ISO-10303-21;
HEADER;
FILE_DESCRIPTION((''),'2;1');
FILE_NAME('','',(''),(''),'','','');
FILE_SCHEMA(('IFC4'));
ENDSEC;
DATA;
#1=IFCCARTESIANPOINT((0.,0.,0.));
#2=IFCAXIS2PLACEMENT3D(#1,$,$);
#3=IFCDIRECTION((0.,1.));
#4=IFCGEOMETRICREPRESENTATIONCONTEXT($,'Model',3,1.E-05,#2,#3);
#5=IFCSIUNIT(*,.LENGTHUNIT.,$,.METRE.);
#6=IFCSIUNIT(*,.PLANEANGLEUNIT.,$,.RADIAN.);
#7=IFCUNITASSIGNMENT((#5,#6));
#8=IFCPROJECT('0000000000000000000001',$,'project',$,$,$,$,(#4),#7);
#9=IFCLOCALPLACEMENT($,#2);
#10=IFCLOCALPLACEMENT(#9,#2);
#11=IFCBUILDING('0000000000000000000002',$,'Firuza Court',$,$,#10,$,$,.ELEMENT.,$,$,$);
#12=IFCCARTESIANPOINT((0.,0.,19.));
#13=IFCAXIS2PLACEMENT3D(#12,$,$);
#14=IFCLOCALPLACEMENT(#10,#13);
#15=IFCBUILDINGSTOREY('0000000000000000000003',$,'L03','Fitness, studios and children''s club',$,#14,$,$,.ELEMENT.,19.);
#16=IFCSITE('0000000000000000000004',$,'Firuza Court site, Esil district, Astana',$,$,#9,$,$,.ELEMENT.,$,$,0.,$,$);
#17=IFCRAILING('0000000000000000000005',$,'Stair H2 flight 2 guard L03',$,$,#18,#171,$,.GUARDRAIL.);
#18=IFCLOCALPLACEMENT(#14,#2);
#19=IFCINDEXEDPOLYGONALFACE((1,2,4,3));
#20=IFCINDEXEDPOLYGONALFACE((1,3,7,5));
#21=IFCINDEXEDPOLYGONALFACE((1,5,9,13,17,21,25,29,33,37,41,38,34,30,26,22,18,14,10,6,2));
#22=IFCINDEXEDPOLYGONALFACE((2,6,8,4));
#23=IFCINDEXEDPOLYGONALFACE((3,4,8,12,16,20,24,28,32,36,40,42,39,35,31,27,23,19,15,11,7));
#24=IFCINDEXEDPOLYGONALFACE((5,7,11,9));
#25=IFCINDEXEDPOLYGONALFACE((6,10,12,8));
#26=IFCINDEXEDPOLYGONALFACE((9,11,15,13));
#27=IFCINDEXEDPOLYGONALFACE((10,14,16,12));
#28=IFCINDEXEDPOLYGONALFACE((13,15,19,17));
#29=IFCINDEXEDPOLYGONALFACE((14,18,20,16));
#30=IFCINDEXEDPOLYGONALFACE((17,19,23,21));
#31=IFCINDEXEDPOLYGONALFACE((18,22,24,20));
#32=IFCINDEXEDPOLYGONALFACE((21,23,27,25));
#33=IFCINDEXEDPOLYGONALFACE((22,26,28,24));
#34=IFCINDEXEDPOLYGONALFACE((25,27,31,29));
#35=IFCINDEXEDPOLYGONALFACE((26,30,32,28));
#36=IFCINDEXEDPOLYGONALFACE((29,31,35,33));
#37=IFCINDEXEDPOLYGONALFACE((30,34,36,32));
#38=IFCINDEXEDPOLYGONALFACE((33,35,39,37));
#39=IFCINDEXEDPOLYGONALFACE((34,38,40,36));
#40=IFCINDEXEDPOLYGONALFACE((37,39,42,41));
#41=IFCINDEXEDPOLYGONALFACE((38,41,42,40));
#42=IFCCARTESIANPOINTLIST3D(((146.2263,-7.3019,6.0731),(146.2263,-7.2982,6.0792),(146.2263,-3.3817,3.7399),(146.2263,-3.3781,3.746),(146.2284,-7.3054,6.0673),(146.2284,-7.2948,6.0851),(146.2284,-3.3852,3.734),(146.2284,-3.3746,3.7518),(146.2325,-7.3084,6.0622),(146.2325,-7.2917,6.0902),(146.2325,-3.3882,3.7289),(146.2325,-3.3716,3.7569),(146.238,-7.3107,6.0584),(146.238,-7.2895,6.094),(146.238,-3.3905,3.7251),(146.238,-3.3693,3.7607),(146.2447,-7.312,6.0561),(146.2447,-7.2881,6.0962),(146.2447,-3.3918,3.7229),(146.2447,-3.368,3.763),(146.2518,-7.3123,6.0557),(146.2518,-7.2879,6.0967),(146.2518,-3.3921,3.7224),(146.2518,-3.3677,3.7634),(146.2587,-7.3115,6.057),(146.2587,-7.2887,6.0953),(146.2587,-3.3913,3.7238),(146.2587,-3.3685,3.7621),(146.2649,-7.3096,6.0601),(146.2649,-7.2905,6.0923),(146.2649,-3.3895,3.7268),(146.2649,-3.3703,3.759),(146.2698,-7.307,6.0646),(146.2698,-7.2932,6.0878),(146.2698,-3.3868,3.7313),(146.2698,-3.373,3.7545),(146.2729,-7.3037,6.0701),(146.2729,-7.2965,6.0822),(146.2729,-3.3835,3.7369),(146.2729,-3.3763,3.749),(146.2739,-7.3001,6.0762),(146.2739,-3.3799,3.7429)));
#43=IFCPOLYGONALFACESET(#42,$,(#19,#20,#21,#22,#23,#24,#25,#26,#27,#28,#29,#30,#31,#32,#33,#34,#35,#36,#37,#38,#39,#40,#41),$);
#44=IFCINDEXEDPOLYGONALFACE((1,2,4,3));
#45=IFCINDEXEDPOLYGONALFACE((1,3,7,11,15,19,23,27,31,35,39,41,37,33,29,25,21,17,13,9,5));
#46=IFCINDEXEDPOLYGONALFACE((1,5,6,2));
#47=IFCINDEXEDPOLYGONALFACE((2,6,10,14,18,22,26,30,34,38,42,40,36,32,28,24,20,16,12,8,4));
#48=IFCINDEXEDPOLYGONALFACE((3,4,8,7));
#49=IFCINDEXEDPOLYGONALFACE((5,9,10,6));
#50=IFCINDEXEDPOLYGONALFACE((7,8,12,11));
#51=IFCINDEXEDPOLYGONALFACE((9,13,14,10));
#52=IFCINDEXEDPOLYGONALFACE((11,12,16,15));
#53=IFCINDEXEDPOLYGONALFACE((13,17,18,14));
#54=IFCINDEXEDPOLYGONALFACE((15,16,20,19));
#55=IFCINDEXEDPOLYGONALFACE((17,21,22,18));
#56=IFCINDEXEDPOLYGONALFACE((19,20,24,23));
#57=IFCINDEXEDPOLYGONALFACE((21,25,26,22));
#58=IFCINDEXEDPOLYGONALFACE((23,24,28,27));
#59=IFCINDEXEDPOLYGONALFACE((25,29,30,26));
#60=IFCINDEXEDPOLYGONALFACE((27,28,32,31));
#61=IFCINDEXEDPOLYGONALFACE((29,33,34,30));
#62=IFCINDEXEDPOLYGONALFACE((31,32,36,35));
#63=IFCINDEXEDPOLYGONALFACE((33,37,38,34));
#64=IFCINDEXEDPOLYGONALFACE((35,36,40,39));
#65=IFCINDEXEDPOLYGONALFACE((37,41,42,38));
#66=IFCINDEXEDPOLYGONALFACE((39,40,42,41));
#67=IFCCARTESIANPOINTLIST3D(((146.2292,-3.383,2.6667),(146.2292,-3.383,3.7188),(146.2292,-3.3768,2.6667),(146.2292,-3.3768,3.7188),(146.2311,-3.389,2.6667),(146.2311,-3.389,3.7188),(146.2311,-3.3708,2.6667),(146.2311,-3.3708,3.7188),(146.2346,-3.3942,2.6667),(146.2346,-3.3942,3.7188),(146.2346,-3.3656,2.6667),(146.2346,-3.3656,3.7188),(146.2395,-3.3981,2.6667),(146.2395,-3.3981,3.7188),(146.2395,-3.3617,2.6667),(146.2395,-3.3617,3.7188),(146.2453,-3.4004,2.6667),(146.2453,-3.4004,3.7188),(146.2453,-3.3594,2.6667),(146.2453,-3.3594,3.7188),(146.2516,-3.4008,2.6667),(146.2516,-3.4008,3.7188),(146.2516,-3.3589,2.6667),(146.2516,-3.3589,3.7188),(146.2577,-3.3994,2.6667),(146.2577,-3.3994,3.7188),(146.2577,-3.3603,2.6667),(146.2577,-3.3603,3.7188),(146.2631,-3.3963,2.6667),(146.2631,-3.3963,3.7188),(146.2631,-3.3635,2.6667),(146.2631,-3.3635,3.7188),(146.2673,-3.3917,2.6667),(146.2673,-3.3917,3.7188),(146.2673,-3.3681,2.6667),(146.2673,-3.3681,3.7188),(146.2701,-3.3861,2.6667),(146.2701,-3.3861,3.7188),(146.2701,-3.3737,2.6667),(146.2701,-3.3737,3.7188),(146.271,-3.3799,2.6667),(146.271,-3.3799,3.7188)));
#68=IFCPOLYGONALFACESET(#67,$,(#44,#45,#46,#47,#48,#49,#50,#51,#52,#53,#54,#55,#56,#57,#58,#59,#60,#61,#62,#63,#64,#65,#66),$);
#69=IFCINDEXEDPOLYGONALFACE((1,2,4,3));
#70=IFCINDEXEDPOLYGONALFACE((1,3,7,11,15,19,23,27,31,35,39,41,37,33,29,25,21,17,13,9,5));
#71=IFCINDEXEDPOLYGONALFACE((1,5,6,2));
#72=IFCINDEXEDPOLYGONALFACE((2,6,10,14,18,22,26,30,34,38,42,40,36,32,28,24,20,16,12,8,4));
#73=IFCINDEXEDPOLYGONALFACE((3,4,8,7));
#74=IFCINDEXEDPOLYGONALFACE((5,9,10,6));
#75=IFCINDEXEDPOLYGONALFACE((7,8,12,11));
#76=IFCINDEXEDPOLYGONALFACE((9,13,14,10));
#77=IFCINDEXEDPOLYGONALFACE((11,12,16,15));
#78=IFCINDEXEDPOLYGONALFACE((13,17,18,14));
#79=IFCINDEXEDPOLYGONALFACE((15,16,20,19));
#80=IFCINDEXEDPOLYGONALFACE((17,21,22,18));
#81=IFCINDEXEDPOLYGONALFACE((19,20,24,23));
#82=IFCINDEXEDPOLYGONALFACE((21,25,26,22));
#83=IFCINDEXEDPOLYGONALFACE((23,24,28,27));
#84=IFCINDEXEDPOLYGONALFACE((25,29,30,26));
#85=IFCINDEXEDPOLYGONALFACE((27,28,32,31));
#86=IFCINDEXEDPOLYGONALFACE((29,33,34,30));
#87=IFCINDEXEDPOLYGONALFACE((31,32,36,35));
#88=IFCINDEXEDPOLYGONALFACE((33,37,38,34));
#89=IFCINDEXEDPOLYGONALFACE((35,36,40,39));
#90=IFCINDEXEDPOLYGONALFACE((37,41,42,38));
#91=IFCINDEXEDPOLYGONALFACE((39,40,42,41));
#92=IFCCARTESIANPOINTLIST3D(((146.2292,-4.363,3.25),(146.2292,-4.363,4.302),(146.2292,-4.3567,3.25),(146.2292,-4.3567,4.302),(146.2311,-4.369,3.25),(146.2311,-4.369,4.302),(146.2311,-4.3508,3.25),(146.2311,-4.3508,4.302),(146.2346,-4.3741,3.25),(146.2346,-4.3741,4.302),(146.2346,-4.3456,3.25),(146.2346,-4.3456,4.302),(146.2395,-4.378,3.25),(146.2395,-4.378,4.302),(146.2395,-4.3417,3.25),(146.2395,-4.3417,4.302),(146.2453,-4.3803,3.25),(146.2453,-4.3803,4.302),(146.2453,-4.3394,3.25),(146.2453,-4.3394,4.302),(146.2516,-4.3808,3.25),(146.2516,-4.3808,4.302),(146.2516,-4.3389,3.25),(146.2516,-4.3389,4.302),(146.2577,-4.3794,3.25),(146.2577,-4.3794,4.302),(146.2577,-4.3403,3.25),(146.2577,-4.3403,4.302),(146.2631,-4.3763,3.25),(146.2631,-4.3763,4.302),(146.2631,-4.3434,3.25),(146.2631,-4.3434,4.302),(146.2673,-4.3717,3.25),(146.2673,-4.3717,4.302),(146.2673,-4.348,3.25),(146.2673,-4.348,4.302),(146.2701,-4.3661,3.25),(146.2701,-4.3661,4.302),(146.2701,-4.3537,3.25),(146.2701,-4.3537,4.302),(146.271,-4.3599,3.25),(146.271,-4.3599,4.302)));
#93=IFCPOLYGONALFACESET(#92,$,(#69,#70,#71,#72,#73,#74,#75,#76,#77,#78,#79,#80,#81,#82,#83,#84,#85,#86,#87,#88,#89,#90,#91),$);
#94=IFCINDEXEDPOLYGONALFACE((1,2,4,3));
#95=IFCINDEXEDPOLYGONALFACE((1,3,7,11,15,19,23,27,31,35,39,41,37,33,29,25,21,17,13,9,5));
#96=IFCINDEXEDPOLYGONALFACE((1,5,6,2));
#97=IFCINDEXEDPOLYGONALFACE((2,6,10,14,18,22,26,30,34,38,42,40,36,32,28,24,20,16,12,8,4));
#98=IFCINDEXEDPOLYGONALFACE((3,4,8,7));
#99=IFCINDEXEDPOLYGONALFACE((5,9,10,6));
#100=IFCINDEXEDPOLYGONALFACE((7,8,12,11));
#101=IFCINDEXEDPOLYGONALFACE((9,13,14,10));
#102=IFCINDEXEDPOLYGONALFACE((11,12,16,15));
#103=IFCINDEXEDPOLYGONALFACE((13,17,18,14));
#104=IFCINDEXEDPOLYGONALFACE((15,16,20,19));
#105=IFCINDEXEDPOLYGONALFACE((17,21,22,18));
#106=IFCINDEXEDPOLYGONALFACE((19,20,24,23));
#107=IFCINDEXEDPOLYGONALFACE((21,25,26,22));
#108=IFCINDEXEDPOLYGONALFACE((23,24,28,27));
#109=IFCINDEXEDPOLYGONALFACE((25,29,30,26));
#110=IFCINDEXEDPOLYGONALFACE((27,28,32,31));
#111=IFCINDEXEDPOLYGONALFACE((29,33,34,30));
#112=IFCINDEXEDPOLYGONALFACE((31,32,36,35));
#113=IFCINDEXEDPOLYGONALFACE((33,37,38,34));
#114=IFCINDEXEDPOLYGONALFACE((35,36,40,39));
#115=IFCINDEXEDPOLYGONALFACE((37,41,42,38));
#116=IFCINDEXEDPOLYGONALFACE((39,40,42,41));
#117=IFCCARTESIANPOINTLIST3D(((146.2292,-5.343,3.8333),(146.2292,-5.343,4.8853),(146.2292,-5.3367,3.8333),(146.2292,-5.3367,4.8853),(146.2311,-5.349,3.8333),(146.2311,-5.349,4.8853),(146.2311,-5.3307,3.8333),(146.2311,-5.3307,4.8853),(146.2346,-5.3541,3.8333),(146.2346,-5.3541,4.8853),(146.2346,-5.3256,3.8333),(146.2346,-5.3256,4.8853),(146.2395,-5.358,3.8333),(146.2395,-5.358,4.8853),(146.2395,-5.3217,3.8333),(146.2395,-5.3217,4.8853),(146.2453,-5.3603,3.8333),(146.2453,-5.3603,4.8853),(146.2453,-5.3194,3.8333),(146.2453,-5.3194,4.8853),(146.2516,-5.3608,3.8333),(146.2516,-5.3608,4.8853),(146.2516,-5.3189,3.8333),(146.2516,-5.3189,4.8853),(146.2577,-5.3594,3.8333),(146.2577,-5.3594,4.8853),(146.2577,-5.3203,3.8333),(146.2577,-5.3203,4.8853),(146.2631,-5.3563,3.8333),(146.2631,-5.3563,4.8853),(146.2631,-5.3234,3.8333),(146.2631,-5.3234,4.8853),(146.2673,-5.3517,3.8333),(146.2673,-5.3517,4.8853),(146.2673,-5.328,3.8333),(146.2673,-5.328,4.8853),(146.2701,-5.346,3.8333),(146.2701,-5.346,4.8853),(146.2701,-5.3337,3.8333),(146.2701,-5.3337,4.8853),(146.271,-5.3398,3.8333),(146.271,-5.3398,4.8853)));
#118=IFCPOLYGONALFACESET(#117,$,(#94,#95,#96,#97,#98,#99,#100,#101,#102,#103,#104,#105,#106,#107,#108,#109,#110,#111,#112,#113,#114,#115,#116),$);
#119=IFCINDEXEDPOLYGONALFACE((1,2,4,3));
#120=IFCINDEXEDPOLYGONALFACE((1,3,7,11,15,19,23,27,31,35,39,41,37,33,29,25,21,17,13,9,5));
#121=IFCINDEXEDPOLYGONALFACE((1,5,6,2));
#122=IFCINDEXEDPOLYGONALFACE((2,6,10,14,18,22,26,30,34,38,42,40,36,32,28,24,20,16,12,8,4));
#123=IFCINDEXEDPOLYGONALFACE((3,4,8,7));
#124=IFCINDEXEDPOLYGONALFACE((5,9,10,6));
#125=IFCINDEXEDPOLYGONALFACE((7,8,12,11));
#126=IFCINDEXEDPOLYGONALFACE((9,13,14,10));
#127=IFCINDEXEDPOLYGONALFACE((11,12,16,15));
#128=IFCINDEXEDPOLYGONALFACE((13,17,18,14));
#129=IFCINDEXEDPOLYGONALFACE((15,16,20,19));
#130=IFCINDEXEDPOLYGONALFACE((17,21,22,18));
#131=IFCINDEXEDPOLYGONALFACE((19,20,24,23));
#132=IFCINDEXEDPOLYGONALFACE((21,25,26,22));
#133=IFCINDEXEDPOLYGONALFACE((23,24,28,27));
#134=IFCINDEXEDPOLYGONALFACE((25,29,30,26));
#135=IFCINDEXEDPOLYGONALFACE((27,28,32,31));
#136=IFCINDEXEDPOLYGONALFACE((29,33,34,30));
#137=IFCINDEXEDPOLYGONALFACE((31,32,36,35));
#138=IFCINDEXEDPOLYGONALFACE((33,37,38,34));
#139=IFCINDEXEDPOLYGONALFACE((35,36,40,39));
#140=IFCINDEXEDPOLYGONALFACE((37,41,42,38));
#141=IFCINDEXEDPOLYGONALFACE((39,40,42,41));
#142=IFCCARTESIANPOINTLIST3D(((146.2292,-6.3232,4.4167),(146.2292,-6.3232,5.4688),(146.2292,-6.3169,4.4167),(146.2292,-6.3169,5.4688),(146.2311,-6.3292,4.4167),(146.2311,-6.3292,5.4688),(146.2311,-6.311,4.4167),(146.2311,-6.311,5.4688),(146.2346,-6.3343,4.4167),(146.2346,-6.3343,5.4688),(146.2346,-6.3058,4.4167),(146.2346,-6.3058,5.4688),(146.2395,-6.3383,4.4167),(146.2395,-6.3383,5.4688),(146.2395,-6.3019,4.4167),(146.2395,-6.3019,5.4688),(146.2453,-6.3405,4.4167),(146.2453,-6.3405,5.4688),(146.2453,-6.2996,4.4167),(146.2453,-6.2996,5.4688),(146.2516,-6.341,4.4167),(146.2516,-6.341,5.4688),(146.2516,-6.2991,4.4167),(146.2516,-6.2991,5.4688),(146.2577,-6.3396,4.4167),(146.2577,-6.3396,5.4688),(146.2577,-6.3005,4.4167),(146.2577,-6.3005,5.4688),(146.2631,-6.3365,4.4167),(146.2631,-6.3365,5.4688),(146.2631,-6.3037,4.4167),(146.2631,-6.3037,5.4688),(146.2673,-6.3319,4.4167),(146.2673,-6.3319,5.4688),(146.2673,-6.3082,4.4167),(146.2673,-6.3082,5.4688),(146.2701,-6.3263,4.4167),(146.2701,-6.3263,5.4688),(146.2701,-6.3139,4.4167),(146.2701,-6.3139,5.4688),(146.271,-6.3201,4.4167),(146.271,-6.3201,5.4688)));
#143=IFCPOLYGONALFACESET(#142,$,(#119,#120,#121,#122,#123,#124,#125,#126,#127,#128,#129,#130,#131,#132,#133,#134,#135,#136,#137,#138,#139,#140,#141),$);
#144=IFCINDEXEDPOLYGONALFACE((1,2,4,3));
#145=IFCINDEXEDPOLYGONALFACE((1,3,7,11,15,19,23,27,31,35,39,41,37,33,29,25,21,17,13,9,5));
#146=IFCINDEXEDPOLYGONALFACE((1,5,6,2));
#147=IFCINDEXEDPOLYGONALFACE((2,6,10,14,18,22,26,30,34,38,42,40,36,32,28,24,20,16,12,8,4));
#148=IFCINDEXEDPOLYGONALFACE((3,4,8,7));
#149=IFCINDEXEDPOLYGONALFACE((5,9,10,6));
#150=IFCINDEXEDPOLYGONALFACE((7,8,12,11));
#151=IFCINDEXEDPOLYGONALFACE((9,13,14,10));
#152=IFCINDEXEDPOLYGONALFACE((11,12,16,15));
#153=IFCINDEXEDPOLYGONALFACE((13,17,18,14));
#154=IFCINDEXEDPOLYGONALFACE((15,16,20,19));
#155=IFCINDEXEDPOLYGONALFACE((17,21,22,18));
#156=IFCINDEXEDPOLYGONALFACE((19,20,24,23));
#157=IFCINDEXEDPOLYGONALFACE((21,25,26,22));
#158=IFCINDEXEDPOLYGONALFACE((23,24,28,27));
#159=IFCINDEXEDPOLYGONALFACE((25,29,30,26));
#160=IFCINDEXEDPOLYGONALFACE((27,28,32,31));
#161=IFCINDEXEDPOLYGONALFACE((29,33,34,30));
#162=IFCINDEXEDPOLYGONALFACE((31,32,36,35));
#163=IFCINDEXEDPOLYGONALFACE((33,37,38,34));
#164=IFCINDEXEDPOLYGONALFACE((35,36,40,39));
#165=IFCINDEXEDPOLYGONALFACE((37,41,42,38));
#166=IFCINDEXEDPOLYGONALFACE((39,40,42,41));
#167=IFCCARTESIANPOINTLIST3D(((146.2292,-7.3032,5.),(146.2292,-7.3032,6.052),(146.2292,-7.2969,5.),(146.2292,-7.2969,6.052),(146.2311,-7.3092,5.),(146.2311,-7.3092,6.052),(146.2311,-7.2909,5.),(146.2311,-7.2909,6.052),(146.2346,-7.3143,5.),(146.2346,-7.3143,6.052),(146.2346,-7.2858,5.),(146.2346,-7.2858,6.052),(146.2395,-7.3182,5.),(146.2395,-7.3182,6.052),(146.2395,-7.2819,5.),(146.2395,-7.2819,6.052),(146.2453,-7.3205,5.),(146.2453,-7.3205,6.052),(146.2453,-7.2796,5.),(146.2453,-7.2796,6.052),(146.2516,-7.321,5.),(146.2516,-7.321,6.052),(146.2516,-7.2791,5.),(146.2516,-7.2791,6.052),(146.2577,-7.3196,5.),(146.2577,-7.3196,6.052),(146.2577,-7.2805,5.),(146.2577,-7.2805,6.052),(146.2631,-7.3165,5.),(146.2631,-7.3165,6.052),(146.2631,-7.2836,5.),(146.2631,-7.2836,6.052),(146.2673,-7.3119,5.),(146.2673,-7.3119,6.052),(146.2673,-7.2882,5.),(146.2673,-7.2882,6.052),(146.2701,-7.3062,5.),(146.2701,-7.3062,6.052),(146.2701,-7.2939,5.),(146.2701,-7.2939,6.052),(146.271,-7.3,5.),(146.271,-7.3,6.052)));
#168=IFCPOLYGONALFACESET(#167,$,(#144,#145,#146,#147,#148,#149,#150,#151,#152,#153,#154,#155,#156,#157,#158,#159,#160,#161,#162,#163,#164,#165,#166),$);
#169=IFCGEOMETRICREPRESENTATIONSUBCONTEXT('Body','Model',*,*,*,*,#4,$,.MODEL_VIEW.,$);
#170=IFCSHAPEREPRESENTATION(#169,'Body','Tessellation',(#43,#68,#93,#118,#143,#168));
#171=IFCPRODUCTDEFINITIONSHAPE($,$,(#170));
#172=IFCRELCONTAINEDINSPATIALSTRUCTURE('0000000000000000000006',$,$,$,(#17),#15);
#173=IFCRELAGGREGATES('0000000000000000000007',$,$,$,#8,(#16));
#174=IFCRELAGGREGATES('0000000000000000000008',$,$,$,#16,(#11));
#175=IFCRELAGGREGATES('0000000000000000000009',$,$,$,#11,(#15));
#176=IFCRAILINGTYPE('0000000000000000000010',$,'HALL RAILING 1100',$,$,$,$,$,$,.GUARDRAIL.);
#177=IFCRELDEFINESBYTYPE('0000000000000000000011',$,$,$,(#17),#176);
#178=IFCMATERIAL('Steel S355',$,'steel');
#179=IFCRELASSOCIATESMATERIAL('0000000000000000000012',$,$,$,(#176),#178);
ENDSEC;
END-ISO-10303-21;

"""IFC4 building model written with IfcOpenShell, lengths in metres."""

from ifc_helpers import new_model, si_unit, direction, frame, origin, origin_2d, place, context, subcontext, project, spatial, circle, extrude, material, type_object, element, save


model = new_model("IFC4")

# Units and contexts
model_context = context("Model", 3, precision=1e-05, world=origin(), true_north=direction((0.0, 1.0)))
body_context = subcontext(model_context, "Body", "Model", "MODEL_VIEW")
ifc_project = project(units=[si_unit("LENGTHUNIT", "METRE"), si_unit("PLANEANGLEUNIT", "RADIAN")], contexts=[model_context])

# Site, building, storey
site_placement = place(None, origin())
site = spatial("IfcSite", under=ifc_project, at=site_placement, Name="Firuza Court site, Esil district, Astana", CompositionType="ELEMENT", RefElevation=0.0)
building_placement = place(site_placement, origin())
building = spatial("IfcBuilding", under=site, at=building_placement, Name="Firuza Court", CompositionType="ELEMENT")
storey_placement = place(building_placement, frame((0.0, 0.0, 19.0)))
storey = spatial("IfcBuildingStorey", under=building, at=storey_placement, Name="L03", Description="Fitness, studios and children's club", CompositionType="ELEMENT", Elevation=19.0)

# Railing
ifc_material_1 = material(Name="Steel S355", Category="steel")
railing_type_1 = type_object("IfcRailingType", Name="HALL RAILING 1100", PredefinedType="GUARDRAIL", material=ifc_material_1)
railing_1_placement = place(storey_placement, frame((146.25, -3.3799, 2.6667)))
element("IfcRailing", 1, at=railing_1_placement, inside=storey, type_object=railing_type_1, Name="Stair H2 flight 2 guard L03", PredefinedType="GUARDRAIL", context=body_context, shape_type="SweptSolid", body=[
    extrude(circle(Radius=0.0239, at=origin_2d()), frame((0.0, 0.0, 1.0762), z_axis=(0.0, -0.85931, 0.511455), x_axis=(1.0, 0.0, 0.0)), (0.0, 0.0, 1.0), 4.562),
    extrude(circle(Radius=0.021, at=origin_2d()), origin(), (0.0, 0.0, 1.0), 1.052),
    extrude(circle(Radius=0.021, at=origin_2d()), frame((0.0, -0.98, 0.5833)), (0.0, 0.0, 1.0), 1.052),
    extrude(circle(Radius=0.021, at=origin_2d()), frame((0.0, -1.96, 1.1665)), (0.0, 0.0, 1.0), 1.052),
    extrude(circle(Radius=0.021, at=origin_2d()), frame((0.0, -2.9402, 1.75)), (0.0, 0.0, 1.0), 1.052),
    extrude(circle(Radius=0.021, at=origin_2d()), frame((0.0, -3.9202, 2.3333)), (0.0, 0.0, 1.0), 1.052),
])

save(model, "model.ifc")
